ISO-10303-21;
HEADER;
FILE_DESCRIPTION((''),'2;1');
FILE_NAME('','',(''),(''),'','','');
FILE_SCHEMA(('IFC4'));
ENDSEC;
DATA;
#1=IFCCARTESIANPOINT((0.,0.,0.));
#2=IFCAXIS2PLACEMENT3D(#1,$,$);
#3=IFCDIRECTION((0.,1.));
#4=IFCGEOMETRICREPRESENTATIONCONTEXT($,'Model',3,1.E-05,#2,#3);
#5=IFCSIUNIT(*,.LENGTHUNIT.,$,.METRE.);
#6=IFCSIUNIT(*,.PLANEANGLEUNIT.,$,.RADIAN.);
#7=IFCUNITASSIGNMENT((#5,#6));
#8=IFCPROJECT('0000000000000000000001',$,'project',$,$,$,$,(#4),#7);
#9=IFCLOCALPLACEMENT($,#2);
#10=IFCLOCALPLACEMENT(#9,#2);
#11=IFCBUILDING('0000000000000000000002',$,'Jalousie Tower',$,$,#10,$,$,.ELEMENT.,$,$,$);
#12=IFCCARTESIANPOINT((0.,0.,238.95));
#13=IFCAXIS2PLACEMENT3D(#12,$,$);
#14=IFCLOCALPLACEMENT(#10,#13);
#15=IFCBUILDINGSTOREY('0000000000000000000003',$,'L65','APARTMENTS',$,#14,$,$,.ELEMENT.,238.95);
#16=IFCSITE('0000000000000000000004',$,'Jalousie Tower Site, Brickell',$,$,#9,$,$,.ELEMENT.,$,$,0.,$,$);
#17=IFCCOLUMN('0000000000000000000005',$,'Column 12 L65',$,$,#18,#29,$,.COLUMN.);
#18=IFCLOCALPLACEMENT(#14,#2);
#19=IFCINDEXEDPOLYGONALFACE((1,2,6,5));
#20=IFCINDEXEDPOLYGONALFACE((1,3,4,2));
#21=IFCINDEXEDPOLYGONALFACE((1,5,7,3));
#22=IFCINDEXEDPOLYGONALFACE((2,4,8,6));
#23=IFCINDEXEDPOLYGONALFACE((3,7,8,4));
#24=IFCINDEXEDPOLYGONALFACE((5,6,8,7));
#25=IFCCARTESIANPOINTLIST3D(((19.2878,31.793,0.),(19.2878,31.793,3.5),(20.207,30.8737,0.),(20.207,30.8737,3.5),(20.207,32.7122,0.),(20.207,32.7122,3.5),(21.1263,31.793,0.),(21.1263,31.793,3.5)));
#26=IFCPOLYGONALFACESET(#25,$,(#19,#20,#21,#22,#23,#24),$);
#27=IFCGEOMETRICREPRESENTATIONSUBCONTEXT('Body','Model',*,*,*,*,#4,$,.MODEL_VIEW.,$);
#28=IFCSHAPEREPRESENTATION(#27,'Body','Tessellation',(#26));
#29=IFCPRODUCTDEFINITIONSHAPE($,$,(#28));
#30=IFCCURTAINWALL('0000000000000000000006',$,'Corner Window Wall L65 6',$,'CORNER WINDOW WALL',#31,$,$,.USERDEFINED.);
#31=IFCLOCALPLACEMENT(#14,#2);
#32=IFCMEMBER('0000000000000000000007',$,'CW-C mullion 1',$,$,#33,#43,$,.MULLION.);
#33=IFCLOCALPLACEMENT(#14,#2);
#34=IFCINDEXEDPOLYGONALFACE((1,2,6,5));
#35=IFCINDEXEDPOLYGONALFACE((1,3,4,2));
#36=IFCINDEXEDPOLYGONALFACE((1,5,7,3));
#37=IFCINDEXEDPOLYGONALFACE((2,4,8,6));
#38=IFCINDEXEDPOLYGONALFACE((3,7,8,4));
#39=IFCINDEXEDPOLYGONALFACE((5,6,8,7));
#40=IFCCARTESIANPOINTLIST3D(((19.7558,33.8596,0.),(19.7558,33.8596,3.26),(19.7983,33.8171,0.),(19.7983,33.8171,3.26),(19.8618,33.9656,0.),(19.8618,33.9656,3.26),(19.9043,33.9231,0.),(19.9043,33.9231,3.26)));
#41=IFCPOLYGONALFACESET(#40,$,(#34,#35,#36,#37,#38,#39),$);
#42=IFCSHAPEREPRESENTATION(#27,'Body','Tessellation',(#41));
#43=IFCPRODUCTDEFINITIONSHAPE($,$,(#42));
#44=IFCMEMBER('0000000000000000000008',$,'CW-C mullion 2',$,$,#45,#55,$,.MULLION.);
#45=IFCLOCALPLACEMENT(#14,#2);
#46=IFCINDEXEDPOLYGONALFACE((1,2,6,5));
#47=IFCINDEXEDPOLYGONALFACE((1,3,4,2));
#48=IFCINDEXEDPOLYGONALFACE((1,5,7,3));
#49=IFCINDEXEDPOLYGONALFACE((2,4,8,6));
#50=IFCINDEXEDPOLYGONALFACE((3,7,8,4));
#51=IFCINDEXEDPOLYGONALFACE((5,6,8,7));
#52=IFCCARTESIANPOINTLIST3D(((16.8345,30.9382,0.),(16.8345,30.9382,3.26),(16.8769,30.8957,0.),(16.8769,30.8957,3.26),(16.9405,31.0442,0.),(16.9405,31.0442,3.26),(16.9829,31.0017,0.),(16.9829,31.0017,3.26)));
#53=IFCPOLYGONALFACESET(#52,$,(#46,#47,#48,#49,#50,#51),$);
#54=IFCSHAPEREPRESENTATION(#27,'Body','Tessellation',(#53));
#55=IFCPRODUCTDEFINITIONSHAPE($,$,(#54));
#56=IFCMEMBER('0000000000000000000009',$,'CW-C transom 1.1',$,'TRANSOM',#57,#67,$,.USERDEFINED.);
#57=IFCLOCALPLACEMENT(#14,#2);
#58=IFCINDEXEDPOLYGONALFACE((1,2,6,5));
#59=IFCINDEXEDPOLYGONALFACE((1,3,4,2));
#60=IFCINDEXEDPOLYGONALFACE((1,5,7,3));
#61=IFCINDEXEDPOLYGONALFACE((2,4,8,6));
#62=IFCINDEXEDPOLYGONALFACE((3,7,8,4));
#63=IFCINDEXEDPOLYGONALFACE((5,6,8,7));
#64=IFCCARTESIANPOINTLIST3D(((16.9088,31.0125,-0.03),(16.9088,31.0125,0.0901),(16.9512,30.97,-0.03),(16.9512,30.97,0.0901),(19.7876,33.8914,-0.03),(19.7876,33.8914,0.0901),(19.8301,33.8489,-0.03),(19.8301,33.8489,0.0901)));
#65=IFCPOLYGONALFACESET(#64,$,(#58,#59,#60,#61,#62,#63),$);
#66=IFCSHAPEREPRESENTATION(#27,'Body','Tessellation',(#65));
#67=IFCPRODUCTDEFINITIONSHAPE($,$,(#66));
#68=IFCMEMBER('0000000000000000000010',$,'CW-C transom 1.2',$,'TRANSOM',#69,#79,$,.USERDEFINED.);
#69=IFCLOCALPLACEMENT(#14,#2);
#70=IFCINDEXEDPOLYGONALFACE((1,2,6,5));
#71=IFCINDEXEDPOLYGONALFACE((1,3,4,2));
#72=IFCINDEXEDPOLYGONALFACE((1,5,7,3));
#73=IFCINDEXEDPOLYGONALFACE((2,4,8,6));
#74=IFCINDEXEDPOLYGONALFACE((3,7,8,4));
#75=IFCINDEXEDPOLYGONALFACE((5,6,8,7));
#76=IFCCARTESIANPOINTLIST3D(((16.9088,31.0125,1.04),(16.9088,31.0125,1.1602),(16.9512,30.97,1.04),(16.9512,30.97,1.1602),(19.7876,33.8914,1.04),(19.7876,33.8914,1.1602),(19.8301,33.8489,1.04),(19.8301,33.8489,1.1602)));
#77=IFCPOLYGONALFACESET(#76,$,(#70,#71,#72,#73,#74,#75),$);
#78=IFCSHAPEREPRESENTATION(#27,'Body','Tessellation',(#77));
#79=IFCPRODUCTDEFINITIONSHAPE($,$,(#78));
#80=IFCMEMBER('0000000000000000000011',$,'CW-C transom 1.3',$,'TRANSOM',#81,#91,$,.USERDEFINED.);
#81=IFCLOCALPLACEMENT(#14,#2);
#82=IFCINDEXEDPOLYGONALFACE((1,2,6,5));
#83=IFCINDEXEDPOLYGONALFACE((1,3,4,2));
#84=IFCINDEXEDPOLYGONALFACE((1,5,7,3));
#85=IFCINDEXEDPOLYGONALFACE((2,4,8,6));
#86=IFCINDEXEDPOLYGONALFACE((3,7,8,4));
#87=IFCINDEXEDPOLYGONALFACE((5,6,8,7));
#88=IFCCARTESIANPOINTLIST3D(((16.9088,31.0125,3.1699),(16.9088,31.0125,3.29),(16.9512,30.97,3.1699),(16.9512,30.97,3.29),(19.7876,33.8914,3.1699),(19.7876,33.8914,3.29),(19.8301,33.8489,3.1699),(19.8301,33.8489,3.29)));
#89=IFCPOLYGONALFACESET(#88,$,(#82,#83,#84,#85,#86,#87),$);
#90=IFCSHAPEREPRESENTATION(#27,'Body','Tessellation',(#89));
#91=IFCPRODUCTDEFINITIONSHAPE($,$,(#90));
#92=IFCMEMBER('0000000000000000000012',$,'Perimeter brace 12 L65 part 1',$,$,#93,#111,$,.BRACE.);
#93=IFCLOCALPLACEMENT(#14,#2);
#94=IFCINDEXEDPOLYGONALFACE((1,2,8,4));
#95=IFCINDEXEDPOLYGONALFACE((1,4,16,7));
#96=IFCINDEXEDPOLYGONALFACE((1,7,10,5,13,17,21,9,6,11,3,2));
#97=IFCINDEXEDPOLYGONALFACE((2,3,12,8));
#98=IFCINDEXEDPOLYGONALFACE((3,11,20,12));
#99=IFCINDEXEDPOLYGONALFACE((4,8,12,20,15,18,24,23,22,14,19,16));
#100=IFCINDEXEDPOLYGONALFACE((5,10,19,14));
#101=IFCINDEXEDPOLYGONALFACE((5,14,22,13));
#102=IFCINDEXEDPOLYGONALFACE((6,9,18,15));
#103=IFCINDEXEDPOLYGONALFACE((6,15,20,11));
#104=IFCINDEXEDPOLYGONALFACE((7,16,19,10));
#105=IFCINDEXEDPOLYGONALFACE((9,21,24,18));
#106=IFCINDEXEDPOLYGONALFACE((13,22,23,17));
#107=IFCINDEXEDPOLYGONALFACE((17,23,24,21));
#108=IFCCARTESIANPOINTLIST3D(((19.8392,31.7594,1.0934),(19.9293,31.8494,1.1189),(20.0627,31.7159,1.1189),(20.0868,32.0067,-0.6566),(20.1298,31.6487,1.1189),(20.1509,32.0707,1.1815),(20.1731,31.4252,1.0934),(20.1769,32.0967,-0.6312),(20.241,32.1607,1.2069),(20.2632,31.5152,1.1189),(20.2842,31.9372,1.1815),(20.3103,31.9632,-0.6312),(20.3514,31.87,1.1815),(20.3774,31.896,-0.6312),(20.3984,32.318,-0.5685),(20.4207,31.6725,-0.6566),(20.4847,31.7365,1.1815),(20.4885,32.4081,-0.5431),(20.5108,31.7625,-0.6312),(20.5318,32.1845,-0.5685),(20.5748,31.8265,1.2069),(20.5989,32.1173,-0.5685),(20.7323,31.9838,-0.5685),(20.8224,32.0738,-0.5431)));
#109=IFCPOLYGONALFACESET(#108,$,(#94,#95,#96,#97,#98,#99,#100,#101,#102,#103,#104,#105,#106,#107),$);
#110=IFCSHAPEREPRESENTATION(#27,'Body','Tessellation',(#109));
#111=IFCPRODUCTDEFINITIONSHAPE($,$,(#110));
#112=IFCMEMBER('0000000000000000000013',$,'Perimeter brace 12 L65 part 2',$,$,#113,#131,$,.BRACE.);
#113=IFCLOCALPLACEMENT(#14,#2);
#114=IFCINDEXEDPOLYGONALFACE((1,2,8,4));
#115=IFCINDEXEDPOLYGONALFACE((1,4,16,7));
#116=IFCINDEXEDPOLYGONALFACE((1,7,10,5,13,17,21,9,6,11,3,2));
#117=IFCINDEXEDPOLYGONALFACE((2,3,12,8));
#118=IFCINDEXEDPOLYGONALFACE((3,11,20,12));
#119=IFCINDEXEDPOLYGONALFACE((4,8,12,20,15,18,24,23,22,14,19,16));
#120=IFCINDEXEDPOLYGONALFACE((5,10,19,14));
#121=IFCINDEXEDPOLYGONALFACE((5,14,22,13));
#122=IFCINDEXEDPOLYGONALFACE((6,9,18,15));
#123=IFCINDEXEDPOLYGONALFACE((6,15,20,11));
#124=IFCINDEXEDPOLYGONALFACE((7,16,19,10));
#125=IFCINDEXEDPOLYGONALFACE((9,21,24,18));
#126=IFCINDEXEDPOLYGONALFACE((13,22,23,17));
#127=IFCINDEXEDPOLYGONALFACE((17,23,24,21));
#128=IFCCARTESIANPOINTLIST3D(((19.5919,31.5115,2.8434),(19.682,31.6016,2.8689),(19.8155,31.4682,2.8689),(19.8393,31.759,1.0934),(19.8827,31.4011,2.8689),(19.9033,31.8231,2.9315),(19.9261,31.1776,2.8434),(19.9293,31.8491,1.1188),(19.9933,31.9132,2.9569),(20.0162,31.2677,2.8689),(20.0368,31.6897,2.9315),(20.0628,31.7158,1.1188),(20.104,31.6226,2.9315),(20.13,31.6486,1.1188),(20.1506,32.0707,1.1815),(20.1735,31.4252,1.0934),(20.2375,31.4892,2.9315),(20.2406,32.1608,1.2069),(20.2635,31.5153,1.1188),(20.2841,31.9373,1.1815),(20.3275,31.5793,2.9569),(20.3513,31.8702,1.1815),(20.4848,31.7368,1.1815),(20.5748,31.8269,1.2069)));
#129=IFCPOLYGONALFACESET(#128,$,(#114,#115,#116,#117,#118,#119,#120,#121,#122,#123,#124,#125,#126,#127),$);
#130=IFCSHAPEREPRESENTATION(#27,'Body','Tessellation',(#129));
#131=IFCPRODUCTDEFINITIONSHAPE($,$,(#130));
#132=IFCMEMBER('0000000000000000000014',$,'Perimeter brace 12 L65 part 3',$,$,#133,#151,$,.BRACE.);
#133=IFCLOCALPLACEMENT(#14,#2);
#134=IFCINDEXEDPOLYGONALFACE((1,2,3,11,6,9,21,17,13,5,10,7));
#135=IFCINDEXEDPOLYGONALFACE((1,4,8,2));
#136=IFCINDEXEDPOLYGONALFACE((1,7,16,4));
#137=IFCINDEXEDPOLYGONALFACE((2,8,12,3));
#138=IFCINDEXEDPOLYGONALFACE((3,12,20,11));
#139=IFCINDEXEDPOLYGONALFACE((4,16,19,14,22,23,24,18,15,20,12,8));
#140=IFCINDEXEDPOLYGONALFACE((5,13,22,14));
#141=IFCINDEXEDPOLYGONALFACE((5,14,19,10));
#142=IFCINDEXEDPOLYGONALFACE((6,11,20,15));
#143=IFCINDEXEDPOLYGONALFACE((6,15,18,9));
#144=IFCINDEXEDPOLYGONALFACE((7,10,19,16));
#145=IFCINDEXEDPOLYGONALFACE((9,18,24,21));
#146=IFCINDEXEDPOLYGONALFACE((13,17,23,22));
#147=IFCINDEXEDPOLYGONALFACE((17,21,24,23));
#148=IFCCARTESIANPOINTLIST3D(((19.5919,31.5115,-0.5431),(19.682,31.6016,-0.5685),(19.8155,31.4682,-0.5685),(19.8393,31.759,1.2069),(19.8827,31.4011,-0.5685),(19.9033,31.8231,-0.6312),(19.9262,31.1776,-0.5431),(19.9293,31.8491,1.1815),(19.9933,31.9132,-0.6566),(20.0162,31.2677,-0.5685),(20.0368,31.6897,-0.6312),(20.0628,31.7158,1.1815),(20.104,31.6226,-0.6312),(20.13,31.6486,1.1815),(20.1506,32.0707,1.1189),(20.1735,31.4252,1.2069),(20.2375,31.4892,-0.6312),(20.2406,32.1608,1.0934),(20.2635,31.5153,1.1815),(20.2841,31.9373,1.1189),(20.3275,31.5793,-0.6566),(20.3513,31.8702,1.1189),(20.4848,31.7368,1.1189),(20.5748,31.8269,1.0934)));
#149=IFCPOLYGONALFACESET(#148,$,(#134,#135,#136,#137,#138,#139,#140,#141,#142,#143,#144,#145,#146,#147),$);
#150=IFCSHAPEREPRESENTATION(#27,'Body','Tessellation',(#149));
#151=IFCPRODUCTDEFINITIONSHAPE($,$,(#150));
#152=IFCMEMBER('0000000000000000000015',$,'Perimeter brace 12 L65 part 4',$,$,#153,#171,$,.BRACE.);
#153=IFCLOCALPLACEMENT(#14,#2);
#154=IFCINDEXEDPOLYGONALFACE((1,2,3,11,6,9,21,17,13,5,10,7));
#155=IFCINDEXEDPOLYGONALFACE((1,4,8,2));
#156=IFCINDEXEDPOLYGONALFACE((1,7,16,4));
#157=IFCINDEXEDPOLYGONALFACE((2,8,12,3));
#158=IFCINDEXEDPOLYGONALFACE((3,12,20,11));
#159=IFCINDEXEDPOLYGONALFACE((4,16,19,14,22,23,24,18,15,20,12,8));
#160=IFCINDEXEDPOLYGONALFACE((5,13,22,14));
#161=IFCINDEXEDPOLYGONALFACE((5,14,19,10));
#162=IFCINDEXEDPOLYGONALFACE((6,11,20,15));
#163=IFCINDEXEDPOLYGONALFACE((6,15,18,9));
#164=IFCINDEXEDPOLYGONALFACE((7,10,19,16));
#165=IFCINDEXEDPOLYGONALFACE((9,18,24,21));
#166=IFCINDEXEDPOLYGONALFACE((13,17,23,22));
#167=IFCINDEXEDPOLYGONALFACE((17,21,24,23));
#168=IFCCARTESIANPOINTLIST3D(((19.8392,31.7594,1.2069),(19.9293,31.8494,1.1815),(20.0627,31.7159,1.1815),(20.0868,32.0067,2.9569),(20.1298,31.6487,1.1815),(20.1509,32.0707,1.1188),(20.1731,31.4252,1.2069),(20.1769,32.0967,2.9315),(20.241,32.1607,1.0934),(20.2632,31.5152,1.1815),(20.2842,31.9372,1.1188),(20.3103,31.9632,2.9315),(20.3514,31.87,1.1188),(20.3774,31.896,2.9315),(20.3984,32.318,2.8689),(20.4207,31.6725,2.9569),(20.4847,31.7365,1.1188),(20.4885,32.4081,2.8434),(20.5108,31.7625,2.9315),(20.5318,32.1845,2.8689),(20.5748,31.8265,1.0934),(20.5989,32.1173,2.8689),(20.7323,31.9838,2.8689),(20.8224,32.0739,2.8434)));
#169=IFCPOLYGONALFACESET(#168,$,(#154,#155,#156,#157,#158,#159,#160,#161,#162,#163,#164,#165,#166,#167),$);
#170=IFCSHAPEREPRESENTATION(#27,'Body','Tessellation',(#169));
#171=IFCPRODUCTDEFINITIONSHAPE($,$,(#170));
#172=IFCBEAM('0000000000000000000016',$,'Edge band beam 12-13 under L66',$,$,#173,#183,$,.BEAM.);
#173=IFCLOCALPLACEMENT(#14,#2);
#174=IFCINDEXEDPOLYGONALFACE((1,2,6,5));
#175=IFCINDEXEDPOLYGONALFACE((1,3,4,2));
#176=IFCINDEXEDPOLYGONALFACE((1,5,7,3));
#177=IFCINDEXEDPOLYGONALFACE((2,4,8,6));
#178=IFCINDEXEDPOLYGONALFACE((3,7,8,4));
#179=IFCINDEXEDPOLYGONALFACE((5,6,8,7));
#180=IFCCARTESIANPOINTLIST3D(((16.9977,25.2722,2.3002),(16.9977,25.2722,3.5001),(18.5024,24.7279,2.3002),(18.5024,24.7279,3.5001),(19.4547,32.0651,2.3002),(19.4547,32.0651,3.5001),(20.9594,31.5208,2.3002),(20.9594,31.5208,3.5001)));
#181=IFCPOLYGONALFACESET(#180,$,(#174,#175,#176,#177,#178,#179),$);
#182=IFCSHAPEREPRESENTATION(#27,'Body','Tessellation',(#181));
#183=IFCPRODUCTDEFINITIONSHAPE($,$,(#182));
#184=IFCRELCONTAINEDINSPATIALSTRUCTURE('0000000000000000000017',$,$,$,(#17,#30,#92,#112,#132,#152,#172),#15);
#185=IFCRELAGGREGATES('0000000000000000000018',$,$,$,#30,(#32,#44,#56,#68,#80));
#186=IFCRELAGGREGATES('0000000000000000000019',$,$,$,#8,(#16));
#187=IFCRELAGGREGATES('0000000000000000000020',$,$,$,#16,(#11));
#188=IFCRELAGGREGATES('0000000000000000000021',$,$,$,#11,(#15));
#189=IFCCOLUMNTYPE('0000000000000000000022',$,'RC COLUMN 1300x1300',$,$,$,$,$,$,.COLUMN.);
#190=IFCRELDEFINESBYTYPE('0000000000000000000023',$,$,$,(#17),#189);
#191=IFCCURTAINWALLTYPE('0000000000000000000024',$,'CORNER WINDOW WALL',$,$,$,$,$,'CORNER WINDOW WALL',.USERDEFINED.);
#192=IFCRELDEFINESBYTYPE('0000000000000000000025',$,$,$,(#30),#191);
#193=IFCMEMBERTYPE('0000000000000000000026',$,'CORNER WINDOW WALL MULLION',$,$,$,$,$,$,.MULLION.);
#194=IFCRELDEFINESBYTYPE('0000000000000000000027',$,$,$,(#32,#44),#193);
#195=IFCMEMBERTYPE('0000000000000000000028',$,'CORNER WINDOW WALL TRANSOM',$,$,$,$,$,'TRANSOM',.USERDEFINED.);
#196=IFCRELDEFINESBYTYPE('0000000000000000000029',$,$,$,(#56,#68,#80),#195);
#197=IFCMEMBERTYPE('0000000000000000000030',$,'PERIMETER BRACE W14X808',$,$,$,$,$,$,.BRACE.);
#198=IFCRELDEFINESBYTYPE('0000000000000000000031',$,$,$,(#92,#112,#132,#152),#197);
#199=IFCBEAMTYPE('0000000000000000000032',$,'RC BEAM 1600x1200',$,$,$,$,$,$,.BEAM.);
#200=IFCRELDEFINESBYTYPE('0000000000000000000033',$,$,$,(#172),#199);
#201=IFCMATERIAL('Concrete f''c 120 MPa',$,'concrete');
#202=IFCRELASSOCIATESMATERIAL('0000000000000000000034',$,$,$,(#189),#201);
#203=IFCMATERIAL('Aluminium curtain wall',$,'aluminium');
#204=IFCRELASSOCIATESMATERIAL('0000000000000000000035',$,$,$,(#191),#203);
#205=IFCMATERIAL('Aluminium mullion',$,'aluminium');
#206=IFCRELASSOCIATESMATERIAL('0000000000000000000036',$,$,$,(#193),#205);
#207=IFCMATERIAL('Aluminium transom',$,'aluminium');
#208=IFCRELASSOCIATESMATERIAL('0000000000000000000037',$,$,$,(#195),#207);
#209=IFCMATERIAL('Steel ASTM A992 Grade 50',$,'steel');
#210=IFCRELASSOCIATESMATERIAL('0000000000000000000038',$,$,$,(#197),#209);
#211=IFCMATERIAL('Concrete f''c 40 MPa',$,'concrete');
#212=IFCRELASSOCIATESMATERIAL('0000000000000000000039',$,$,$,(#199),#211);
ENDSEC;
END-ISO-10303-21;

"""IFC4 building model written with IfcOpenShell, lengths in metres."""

from ifc_helpers import new_model, si_unit, direction, frame, origin, origin_2d, place, context, subcontext, project, spatial, rectangle, i_section, extrude, material, material_profile, profile_set, type_object, element, aggregate, save


model = new_model("IFC4")

# Units and contexts
model_context = context("Model", 3, precision=1e-05, world=origin(), true_north=direction((0.0, 1.0)))
body_context = subcontext(model_context, "Body", "Model", "MODEL_VIEW")
ifc_project = project(units=[si_unit("LENGTHUNIT", "METRE"), si_unit("PLANEANGLEUNIT", "RADIAN")], contexts=[model_context])

# Site, building, storey
site_placement = place(None, origin())
site = spatial("IfcSite", under=ifc_project, at=site_placement, Name="Jalousie Tower Site, Brickell", CompositionType="ELEMENT", RefElevation=0.0)
building_placement = place(site_placement, origin())
building = spatial("IfcBuilding", under=site, at=building_placement, Name="Jalousie Tower", CompositionType="ELEMENT")
storey_placement = place(building_placement, frame((0.0, 0.0, 238.95)))
storey = spatial("IfcBuildingStorey", under=building, at=storey_placement, Name="L65", Description="APARTMENTS", CompositionType="ELEMENT", Elevation=238.95)

# Column
ifc_material_1 = material(Name="Concrete f'c 120 MPa", Category="concrete")
ifc_material_profile_1 = material_profile(ifc_material_1, rectangle(XDim=1.3, YDim=1.3, at=origin_2d()), Name="RC 1300x1300")
ifc_profile_set_1 = profile_set([ifc_material_profile_1], Name="Concrete f'c 120 MPa")
column_type = type_object("IfcColumnType", Name="RC COLUMN 1300x1300", PredefinedType="COLUMN", material=ifc_profile_set_1)
column_placement = place(storey_placement, frame((20.207, 31.793, 0.0), z_axis=(0.0, 0.0, 1.0), x_axis=(0.707107, 0.707107, 0.0)))
element("IfcColumn", 1, at=column_placement, inside=storey, type_object=column_type, Name="Column 12 L65", PredefinedType="COLUMN", context=body_context, shape_type="SweptSolid", body=[
    extrude(rectangle(XDim=1.3, YDim=1.3, at=origin_2d()), origin(), (0.0, 0.0, 1.0), 3.5),
])

# Curtain wall, members
ifc_material_2 = material(Name="Aluminium curtain wall", Category="aluminium")
curtain_wall_type_1 = type_object("IfcCurtainWallType", Name="CORNER WINDOW WALL", ElementType="CORNER WINDOW WALL", PredefinedType="USERDEFINED", material=ifc_material_2)
curtain_wall_1_placement = place(storey_placement, origin())
curtain_wall_1 = element("IfcCurtainWall", 2, at=curtain_wall_1_placement, inside=storey, type_object=curtain_wall_type_1, Name="Corner Window Wall L65 6", ObjectType="CORNER WINDOW WALL", PredefinedType="USERDEFINED")
ifc_material_3 = material(Name="Aluminium mullion", Category="aluminium")
ifc_material_profile_2 = material_profile(ifc_material_3, rectangle(XDim=0.0601, YDim=0.1499, at=origin_2d()), Name="MULLION 60x150")
ifc_profile_set_2 = profile_set([ifc_material_profile_2], Name="Aluminium mullion")
member_type_1 = type_object("IfcMemberType", Name="CORNER WINDOW WALL MULLION", PredefinedType="MULLION", material=ifc_profile_set_2)
member_1_placement = place(storey_placement, frame((19.8301, 33.8914, 0.0), z_axis=(0.0, 0.0, 1.0), x_axis=(0.707107, -0.707107, 0.0)))
member_1 = element("IfcMember", 3, at=member_1_placement, type_object=member_type_1, Name="CW-C mullion 1", PredefinedType="MULLION", context=body_context, shape_type="SweptSolid", body=[
    extrude(rectangle(XDim=0.0601, YDim=0.1499, at=origin_2d()), origin(), (0.0, 0.0, 1.0), 3.26),
])
member_2_placement = place(storey_placement, frame((16.9087, 30.97, 0.0), z_axis=(0.0, 0.0, 1.0), x_axis=(0.707107, -0.707107, 0.0)))
member_2 = element("IfcMember", 4, at=member_2_placement, type_object=member_type_1, Name="CW-C mullion 2", PredefinedType="MULLION", context=body_context, shape_type="SweptSolid", body=[
    extrude(rectangle(XDim=0.0601, YDim=0.1499, at=origin_2d()), origin(), (0.0, 0.0, 1.0), 3.26),
])
ifc_material_4 = material(Name="Aluminium transom", Category="aluminium")
ifc_material_profile_3 = material_profile(ifc_material_4, rectangle(XDim=0.0601, YDim=0.1201, at=origin_2d()), Name="TRANSOM 60x120")
ifc_profile_set_3 = profile_set([ifc_material_profile_3], Name="Aluminium transom")
member_type_2 = type_object("IfcMemberType", Name="CORNER WINDOW WALL TRANSOM", ElementType="TRANSOM", PredefinedType="USERDEFINED", material=ifc_profile_set_3)
member_3_placement = place(storey_placement, frame((19.8088, 33.8701, 0.03), z_axis=(-0.707107, -0.707107, 0.0), x_axis=(0.707107, -0.707107, 0.0)))
member_3 = element("IfcMember", 5, at=member_3_placement, type_object=member_type_2, Name="CW-C transom 1.1", ObjectType="TRANSOM", PredefinedType="USERDEFINED", context=body_context, shape_type="SweptSolid", body=[
    extrude(rectangle(XDim=0.0601, YDim=0.1201, at=origin_2d()), origin(), (0.0, 0.0, 1.0), 4.0713),
])
member_4_placement = place(storey_placement, frame((19.8088, 33.8701, 1.1001), z_axis=(-0.707107, -0.707107, 0.0), x_axis=(0.707107, -0.707107, 0.0)))
member_4 = element("IfcMember", 6, at=member_4_placement, type_object=member_type_2, Name="CW-C transom 1.2", ObjectType="TRANSOM", PredefinedType="USERDEFINED", context=body_context, shape_type="SweptSolid", body=[
    extrude(rectangle(XDim=0.0601, YDim=0.1201, at=origin_2d()), origin(), (0.0, 0.0, 1.0), 4.0713),
])
member_5_placement = place(storey_placement, frame((19.8088, 33.8701, 3.23), z_axis=(-0.707107, -0.707107, 0.0), x_axis=(0.707107, -0.707107, 0.0)))
member_5 = element("IfcMember", 7, at=member_5_placement, type_object=member_type_2, Name="CW-C transom 1.3", ObjectType="TRANSOM", PredefinedType="USERDEFINED", context=body_context, shape_type="SweptSolid", body=[
    extrude(rectangle(XDim=0.0601, YDim=0.1201, at=origin_2d()), origin(), (0.0, 0.0, 1.0), 4.0713),
])

# Members
ifc_material_5 = material(Name="Steel ASTM A992 Grade 50", Category="steel")
ifc_material_profile_4 = material_profile(ifc_material_5, i_section(OverallWidth=0.4724, OverallDepth=0.5791, WebThickness=0.095, FlangeThickness=0.1299, at=origin_2d()), Name="W14X808")
ifc_profile_set_4 = profile_set([ifc_material_profile_4], Name="Steel ASTM A992 Grade 50")
member_type_3 = type_object("IfcMemberType", Name="PERIMETER BRACE W14X808", PredefinedType="BRACE", material=ifc_profile_set_4)
for number, where, z_axis, x_axis, name in (
    (8, (20.4546, 32.0403, -0.5999), (-0.138716, -0.138579, 0.980588), (0.706758, -0.707456, 0.0), "Perimeter brace 12 L65 part 1"),
    (9, (20.207, 31.793, 1.1501), (-0.138579, -0.138716, 0.980588), (0.707456, -0.706758, 0.0), "Perimeter brace 12 L65 part 2"),
    (10, (19.9597, 31.5454, -0.5999), (0.138579, 0.138716, 0.980588), (-0.707456, 0.706758, 0.0), "Perimeter brace 12 L65 part 3"),
    (11, (20.207, 31.793, 1.1501), (0.138716, 0.138579, 0.980588), (-0.706758, 0.707456, 0.0), "Perimeter brace 12 L65 part 4"),
):
    element("IfcMember", number, at=place(storey_placement, frame(where, z_axis=z_axis, x_axis=x_axis)), inside=storey, type_object=member_type_3, Name=name, PredefinedType="BRACE", context=body_context, shape_type="SweptSolid", body=[
        extrude(i_section(OverallWidth=0.4724, OverallDepth=0.5791, WebThickness=0.095, FlangeThickness=0.1299, at=origin_2d()), origin(), (0.0, 0.0, 1.0), 1.7847),
    ])

# Beam
ifc_material_6 = material(Name="Concrete f'c 40 MPa", Category="concrete")
ifc_material_profile_5 = material_profile(ifc_material_6, rectangle(XDim=1.6001, YDim=1.2, at=origin_2d()), Name="RC 1600x1200")
ifc_profile_set_5 = profile_set([ifc_material_profile_5], Name="Concrete f'c 40 MPa")
beam_type = type_object("IfcBeamType", Name="RC BEAM 1600x1200", PredefinedType="BEAM", material=ifc_profile_set_5)
beam_placement = place(storey_placement, frame((20.207, 31.793, 2.9001), z_axis=(-0.340136, -0.940376, 0.0), x_axis=(0.940376, -0.340136, 0.0)))
element("IfcBeam", 12, at=beam_placement, inside=storey, type_object=beam_type, Name="Edge band beam 12-13 under L66", PredefinedType="BEAM", context=body_context, shape_type="SweptSolid", body=[
    extrude(rectangle(XDim=1.6001, YDim=1.2, at=origin_2d()), origin(), (0.0, 0.0, 1.0), 7.2236),
])

aggregate(curtain_wall_1, [member_1, member_2, member_3, member_4, member_5])

save(model, "model.ifc")
